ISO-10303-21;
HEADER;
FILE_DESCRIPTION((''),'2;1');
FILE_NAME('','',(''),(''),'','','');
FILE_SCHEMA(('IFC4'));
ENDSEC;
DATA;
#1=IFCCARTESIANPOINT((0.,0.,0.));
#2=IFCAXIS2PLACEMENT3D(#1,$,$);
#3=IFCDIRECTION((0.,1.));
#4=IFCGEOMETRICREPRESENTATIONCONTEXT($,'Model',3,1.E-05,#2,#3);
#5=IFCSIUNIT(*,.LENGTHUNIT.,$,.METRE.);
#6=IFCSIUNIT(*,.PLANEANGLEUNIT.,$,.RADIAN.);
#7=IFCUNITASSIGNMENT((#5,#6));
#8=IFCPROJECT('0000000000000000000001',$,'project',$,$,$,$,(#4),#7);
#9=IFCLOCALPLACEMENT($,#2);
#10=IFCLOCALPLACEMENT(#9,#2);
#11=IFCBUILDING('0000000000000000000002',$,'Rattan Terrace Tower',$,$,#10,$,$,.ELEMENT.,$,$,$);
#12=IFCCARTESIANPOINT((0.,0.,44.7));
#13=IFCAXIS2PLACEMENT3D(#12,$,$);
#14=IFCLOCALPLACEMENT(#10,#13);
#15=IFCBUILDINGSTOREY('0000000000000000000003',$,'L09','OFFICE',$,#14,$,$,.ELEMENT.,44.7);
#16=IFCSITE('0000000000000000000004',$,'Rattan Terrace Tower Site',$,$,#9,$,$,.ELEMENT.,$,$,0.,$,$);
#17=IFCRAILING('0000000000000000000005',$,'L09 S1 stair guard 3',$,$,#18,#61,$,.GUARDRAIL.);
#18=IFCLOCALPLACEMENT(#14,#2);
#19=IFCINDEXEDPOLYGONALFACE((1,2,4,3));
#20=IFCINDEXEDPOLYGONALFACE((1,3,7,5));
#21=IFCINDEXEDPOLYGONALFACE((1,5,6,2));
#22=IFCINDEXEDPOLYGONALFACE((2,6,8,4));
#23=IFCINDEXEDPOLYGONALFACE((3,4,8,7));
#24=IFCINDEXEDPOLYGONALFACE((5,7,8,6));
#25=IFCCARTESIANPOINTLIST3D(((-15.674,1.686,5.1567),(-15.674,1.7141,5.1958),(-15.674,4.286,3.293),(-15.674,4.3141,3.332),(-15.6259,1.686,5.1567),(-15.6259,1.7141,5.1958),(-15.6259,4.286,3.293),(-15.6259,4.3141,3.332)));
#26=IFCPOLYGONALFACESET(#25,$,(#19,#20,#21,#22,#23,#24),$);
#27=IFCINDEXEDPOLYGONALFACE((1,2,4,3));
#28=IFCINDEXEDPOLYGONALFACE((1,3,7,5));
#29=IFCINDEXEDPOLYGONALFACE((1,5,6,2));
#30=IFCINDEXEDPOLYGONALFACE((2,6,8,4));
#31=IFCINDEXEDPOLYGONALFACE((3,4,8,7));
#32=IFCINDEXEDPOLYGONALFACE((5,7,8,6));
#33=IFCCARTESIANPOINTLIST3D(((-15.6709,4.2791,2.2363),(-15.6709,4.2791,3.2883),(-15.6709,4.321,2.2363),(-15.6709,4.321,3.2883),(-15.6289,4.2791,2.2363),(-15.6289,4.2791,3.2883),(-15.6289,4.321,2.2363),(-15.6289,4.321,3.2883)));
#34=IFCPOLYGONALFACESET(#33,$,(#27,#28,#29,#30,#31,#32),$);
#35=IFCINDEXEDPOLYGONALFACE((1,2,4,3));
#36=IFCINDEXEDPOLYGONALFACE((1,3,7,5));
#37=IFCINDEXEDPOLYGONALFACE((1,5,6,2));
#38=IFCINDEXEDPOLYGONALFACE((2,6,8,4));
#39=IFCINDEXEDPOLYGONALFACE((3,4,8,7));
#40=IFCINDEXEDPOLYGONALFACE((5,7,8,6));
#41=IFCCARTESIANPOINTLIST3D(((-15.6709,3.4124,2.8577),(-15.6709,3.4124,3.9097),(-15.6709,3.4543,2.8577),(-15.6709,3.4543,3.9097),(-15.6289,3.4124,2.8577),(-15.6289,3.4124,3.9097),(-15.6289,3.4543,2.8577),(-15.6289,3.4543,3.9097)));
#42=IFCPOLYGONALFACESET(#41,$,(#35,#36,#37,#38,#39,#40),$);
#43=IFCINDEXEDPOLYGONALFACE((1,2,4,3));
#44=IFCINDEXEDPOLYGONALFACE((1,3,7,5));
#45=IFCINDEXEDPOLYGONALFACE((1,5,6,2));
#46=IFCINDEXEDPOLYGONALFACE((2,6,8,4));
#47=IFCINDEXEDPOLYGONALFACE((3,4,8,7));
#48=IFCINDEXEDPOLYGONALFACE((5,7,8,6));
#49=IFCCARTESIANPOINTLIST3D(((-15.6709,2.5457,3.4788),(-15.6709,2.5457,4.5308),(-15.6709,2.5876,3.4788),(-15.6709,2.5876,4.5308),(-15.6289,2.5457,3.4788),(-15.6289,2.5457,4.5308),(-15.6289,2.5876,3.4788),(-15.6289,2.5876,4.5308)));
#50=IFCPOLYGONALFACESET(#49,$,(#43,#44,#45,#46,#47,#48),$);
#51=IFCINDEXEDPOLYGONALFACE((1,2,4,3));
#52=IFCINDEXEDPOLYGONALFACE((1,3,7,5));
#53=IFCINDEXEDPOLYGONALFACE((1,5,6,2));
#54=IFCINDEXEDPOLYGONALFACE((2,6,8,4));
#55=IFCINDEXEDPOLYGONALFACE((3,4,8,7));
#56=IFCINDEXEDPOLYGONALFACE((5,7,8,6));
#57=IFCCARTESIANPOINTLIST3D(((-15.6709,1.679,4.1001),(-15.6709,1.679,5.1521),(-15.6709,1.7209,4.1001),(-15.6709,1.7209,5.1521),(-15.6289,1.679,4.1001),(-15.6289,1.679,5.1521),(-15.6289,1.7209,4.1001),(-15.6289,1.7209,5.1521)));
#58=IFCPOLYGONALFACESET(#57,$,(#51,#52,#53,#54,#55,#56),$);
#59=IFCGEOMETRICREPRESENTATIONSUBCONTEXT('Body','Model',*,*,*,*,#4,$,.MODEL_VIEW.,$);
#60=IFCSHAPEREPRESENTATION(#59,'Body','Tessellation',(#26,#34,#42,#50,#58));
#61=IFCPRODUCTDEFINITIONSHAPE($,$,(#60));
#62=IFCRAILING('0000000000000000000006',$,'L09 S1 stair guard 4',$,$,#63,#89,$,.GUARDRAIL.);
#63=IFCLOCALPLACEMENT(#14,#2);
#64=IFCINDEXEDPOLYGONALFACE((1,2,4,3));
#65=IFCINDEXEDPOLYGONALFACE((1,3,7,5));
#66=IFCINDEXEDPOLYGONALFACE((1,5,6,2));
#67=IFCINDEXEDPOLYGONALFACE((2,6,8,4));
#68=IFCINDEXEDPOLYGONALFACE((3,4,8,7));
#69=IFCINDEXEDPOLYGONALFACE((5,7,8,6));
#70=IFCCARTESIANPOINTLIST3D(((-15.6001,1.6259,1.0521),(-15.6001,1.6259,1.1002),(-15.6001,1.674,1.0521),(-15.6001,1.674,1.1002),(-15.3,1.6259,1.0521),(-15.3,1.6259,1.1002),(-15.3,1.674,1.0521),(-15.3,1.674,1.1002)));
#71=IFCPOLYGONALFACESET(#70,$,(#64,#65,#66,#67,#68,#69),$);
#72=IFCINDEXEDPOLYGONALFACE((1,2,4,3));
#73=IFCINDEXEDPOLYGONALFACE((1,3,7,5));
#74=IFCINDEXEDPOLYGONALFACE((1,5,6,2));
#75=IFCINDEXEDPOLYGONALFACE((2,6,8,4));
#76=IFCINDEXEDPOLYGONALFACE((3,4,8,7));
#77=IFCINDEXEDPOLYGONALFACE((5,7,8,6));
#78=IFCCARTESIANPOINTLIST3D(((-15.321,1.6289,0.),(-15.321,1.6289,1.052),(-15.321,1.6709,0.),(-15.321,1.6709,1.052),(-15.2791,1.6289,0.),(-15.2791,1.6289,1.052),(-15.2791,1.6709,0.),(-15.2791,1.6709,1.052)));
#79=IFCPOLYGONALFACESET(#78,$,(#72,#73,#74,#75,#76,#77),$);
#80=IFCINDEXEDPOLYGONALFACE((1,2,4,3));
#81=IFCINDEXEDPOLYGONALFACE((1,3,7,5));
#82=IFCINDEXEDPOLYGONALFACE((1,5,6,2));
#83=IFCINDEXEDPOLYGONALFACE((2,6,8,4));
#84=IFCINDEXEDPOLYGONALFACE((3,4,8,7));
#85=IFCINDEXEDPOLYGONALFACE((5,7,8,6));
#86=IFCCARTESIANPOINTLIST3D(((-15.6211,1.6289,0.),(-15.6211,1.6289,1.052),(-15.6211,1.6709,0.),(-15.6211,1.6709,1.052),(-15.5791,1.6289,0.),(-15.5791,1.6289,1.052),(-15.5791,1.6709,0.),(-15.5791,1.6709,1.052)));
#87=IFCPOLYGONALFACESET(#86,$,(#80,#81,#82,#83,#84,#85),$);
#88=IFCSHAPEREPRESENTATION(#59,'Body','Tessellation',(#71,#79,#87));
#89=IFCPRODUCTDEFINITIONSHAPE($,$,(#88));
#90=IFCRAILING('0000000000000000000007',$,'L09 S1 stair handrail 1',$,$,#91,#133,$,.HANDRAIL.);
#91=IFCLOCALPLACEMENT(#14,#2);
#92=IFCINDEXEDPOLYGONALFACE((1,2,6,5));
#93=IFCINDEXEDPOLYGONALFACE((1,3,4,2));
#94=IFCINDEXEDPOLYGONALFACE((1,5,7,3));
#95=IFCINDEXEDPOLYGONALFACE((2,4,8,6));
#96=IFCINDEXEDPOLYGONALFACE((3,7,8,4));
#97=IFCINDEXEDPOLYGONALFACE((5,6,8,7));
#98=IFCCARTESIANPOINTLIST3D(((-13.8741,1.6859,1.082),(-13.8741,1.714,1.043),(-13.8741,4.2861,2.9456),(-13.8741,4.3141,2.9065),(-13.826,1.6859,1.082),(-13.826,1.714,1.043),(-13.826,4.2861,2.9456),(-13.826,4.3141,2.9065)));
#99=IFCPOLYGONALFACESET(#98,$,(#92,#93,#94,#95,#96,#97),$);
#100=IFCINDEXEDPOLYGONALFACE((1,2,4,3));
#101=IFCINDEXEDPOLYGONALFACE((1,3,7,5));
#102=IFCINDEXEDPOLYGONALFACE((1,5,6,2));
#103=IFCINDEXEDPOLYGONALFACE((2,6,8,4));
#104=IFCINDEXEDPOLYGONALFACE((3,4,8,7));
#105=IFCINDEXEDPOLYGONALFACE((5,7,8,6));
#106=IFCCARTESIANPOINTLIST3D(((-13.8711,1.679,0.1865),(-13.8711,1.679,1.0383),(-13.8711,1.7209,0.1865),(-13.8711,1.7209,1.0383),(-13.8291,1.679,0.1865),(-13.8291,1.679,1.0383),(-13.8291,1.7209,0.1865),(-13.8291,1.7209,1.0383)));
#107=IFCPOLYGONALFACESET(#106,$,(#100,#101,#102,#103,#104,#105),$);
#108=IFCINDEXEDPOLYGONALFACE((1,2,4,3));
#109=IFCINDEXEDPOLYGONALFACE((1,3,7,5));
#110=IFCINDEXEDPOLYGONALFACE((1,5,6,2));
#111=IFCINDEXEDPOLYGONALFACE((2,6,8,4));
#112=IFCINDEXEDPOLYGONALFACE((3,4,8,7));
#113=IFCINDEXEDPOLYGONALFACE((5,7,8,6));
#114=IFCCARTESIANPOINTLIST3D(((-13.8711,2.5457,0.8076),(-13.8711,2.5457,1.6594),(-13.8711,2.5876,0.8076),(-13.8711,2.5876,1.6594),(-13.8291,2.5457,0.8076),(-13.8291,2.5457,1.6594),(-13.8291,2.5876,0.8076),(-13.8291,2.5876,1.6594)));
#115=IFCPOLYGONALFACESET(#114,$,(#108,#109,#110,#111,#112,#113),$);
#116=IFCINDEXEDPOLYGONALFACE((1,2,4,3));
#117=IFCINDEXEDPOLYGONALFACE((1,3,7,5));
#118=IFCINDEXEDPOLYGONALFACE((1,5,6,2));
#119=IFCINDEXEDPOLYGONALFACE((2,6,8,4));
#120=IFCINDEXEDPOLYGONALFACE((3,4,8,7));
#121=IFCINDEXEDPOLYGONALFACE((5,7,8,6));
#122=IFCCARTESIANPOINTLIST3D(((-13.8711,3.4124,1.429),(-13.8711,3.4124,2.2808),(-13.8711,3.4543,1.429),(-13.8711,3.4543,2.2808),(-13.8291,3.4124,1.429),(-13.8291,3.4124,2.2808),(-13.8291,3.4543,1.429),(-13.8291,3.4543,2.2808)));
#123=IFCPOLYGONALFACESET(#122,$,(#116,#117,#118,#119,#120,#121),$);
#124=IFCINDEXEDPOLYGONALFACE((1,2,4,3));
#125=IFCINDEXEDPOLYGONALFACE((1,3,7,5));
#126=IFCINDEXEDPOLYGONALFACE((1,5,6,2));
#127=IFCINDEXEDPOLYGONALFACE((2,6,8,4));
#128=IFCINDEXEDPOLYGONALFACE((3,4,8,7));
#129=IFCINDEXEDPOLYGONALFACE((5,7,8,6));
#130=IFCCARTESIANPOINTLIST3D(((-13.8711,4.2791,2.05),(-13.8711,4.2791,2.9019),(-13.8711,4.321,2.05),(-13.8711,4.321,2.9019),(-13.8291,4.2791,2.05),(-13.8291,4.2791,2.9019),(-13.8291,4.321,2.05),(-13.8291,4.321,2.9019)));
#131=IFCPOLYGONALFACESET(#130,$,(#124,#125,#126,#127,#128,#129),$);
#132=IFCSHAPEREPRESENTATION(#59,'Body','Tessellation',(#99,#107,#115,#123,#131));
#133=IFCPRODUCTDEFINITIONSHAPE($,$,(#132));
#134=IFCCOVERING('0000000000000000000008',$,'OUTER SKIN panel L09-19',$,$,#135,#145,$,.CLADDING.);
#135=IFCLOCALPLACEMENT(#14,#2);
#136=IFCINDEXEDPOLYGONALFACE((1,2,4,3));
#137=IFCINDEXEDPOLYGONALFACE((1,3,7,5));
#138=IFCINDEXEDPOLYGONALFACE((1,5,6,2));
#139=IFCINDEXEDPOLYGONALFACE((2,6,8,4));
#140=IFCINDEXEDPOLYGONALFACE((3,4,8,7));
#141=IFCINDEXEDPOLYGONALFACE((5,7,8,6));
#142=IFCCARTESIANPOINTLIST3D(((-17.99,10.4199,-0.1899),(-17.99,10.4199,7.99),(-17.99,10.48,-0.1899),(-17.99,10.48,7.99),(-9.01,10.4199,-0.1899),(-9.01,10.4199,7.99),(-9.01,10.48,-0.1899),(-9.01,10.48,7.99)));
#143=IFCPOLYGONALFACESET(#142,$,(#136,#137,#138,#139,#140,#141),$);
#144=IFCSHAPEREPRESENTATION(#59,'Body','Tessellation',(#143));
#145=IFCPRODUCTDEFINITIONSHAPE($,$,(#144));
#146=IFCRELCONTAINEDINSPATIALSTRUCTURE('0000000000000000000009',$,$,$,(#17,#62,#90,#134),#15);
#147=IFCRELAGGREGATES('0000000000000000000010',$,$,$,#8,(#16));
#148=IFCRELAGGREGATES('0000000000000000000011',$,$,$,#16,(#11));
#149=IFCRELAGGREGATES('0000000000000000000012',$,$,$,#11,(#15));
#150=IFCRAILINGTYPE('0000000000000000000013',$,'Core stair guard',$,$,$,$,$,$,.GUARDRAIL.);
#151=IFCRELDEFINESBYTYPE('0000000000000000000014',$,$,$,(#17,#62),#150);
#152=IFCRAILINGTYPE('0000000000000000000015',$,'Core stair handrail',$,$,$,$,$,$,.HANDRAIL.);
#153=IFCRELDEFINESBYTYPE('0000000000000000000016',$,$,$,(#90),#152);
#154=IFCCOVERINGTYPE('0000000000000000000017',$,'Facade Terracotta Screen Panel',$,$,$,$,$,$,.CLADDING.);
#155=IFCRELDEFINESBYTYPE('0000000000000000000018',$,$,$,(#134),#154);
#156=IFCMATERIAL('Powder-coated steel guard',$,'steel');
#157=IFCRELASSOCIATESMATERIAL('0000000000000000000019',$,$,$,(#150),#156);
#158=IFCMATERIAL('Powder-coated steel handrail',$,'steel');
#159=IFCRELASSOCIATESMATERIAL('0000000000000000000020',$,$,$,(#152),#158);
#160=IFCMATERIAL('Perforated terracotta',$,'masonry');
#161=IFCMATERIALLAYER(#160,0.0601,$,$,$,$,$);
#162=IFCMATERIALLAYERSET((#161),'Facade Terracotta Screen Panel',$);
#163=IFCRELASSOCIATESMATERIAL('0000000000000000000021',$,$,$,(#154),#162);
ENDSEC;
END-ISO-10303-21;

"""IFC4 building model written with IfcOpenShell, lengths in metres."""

from ifc_helpers import new_model, si_unit, direction, frame, origin, origin_2d, place, context, subcontext, project, spatial, rectangle, extrude, material, layer, layer_set, type_object, element, save


model = new_model("IFC4")

# Units and contexts
model_context = context("Model", 3, precision=1e-05, world=origin(), true_north=direction((0.0, 1.0)))
body_context = subcontext(model_context, "Body", "Model", "MODEL_VIEW")
ifc_project = project(units=[si_unit("LENGTHUNIT", "METRE"), si_unit("PLANEANGLEUNIT", "RADIAN")], contexts=[model_context])

# Site, building, storey
site_placement = place(None, origin())
site = spatial("IfcSite", under=ifc_project, at=site_placement, Name="Rattan Terrace Tower Site", CompositionType="ELEMENT", RefElevation=0.0)
building_placement = place(site_placement, origin())
building = spatial("IfcBuilding", under=site, at=building_placement, Name="Rattan Terrace Tower", CompositionType="ELEMENT")
storey_placement = place(building_placement, frame((0.0, 0.0, 44.7)))
storey = spatial("IfcBuildingStorey", under=building, at=storey_placement, Name="L09", Description="OFFICE", CompositionType="ELEMENT", Elevation=44.7)

# Railings
ifc_material_1 = material(Name="Powder-coated steel guard", Category="steel")
railing_type_1 = type_object("IfcRailingType", Name="Core stair guard", PredefinedType="GUARDRAIL", material=ifc_material_1)
railing_1_placement = place(storey_placement, frame((-15.6499, 4.3, 2.2363)))
element("IfcRailing", 1, at=railing_1_placement, inside=storey, type_object=railing_type_1, Name="L09 S1 stair guard 3", PredefinedType="GUARDRAIL", context=body_context, shape_type="SweptSolid", body=[
    extrude(rectangle(XDim=0.0481, YDim=0.0481, at=origin_2d()), frame((0.0, 0.0, 1.0762), z_axis=(0.0, -0.812763, 0.582595), x_axis=(1.0, 0.0, 0.0)), (0.0, 0.0, 1.0), 3.199),
    extrude(rectangle(XDim=0.042, YDim=0.042, at=origin_2d()), origin(), (0.0, 0.0, 1.0), 1.052),
    extrude(rectangle(XDim=0.042, YDim=0.042, at=origin_2d()), frame((0.0, -0.8667, 0.6213)), (0.0, 0.0, 1.0), 1.052),
    extrude(rectangle(XDim=0.042, YDim=0.042, at=origin_2d()), frame((0.0, -1.7334, 1.2424)), (0.0, 0.0, 1.0), 1.052),
    extrude(rectangle(XDim=0.042, YDim=0.042, at=origin_2d()), frame((0.0, -2.6001, 1.8638)), (0.0, 0.0, 1.0), 1.052),
])
railing_2_placement = place(storey_placement, frame((-15.3, 1.6499, 0.0)))
element("IfcRailing", 2, at=railing_2_placement, inside=storey, type_object=railing_type_1, Name="L09 S1 stair guard 4", PredefinedType="GUARDRAIL", context=body_context, shape_type="SweptSolid", body=[
    extrude(rectangle(XDim=0.0481, YDim=0.0481, at=origin_2d()), frame((0.0, 0.0, 1.0762), z_axis=(-1.0, 0.0, 0.0), x_axis=(0.0, -1.0, 0.0)), (0.0, 0.0, 1.0), 0.3),
    extrude(rectangle(XDim=0.042, YDim=0.042, at=origin_2d()), origin(), (0.0, 0.0, 1.0), 1.052),
    extrude(rectangle(XDim=0.042, YDim=0.042, at=origin_2d()), frame((-0.3, 0.0, 0.0)), (0.0, 0.0, 1.0), 1.052),
])
ifc_material_2 = material(Name="Powder-coated steel handrail", Category="steel")
railing_type_2 = type_object("IfcRailingType", Name="Core stair handrail", PredefinedType="HANDRAIL", material=ifc_material_2)
railing_3_placement = place(storey_placement, frame((-13.8501, 1.7, 0.1865)))
element("IfcRailing", 3, at=railing_3_placement, inside=storey, type_object=railing_type_2, Name="L09 S1 stair handrail 1", PredefinedType="HANDRAIL", context=body_context, shape_type="SweptSolid", body=[
    extrude(rectangle(XDim=0.0481, YDim=0.0481, at=origin_2d()), frame((0.0, 0.0, 0.876), z_axis=(0.0, 0.812799, 0.582544), x_axis=(-1.0, 0.0, 0.0)), (0.0, 0.0, 1.0), 3.199),
    extrude(rectangle(XDim=0.042, YDim=0.042, at=origin_2d()), origin(), (0.0, 0.0, 1.0), 0.8518),
    extrude(rectangle(XDim=0.042, YDim=0.042, at=origin_2d()), frame((0.0, 0.8667, 0.6211)), (0.0, 0.0, 1.0), 0.8518),
    extrude(rectangle(XDim=0.042, YDim=0.042, at=origin_2d()), frame((0.0, 1.7334, 1.2424)), (0.0, 0.0, 1.0), 0.8518),
    extrude(rectangle(XDim=0.042, YDim=0.042, at=origin_2d()), frame((0.0, 2.6001, 1.8635)), (0.0, 0.0, 1.0), 0.8518),
])

# Covering
ifc_material_3 = material(Name="Perforated terracotta", Category="masonry")
ifc_layer_1 = layer(ifc_material_3, 0.0601)
ifc_layer_set_1 = layer_set([ifc_layer_1], Name="Facade Terracotta Screen Panel")
covering_type = type_object("IfcCoveringType", Name="Facade Terracotta Screen Panel", PredefinedType="CLADDING", material=ifc_layer_set_1)
covering_placement = place(storey_placement, frame((-13.5, 10.45, -0.1899), z_axis=(0.0, 0.0, 1.0), x_axis=(-1.0, 0.0, 0.0)))
element("IfcCovering", 4, at=covering_placement, inside=storey, type_object=covering_type, Name="OUTER SKIN panel L09-19", PredefinedType="CLADDING", context=body_context, shape_type="SweptSolid", body=[
    extrude(rectangle(XDim=8.98, YDim=0.0601, at=origin_2d()), origin(), (0.0, 0.0, 1.0), 8.1799),
])

save(model, "model.ifc")
